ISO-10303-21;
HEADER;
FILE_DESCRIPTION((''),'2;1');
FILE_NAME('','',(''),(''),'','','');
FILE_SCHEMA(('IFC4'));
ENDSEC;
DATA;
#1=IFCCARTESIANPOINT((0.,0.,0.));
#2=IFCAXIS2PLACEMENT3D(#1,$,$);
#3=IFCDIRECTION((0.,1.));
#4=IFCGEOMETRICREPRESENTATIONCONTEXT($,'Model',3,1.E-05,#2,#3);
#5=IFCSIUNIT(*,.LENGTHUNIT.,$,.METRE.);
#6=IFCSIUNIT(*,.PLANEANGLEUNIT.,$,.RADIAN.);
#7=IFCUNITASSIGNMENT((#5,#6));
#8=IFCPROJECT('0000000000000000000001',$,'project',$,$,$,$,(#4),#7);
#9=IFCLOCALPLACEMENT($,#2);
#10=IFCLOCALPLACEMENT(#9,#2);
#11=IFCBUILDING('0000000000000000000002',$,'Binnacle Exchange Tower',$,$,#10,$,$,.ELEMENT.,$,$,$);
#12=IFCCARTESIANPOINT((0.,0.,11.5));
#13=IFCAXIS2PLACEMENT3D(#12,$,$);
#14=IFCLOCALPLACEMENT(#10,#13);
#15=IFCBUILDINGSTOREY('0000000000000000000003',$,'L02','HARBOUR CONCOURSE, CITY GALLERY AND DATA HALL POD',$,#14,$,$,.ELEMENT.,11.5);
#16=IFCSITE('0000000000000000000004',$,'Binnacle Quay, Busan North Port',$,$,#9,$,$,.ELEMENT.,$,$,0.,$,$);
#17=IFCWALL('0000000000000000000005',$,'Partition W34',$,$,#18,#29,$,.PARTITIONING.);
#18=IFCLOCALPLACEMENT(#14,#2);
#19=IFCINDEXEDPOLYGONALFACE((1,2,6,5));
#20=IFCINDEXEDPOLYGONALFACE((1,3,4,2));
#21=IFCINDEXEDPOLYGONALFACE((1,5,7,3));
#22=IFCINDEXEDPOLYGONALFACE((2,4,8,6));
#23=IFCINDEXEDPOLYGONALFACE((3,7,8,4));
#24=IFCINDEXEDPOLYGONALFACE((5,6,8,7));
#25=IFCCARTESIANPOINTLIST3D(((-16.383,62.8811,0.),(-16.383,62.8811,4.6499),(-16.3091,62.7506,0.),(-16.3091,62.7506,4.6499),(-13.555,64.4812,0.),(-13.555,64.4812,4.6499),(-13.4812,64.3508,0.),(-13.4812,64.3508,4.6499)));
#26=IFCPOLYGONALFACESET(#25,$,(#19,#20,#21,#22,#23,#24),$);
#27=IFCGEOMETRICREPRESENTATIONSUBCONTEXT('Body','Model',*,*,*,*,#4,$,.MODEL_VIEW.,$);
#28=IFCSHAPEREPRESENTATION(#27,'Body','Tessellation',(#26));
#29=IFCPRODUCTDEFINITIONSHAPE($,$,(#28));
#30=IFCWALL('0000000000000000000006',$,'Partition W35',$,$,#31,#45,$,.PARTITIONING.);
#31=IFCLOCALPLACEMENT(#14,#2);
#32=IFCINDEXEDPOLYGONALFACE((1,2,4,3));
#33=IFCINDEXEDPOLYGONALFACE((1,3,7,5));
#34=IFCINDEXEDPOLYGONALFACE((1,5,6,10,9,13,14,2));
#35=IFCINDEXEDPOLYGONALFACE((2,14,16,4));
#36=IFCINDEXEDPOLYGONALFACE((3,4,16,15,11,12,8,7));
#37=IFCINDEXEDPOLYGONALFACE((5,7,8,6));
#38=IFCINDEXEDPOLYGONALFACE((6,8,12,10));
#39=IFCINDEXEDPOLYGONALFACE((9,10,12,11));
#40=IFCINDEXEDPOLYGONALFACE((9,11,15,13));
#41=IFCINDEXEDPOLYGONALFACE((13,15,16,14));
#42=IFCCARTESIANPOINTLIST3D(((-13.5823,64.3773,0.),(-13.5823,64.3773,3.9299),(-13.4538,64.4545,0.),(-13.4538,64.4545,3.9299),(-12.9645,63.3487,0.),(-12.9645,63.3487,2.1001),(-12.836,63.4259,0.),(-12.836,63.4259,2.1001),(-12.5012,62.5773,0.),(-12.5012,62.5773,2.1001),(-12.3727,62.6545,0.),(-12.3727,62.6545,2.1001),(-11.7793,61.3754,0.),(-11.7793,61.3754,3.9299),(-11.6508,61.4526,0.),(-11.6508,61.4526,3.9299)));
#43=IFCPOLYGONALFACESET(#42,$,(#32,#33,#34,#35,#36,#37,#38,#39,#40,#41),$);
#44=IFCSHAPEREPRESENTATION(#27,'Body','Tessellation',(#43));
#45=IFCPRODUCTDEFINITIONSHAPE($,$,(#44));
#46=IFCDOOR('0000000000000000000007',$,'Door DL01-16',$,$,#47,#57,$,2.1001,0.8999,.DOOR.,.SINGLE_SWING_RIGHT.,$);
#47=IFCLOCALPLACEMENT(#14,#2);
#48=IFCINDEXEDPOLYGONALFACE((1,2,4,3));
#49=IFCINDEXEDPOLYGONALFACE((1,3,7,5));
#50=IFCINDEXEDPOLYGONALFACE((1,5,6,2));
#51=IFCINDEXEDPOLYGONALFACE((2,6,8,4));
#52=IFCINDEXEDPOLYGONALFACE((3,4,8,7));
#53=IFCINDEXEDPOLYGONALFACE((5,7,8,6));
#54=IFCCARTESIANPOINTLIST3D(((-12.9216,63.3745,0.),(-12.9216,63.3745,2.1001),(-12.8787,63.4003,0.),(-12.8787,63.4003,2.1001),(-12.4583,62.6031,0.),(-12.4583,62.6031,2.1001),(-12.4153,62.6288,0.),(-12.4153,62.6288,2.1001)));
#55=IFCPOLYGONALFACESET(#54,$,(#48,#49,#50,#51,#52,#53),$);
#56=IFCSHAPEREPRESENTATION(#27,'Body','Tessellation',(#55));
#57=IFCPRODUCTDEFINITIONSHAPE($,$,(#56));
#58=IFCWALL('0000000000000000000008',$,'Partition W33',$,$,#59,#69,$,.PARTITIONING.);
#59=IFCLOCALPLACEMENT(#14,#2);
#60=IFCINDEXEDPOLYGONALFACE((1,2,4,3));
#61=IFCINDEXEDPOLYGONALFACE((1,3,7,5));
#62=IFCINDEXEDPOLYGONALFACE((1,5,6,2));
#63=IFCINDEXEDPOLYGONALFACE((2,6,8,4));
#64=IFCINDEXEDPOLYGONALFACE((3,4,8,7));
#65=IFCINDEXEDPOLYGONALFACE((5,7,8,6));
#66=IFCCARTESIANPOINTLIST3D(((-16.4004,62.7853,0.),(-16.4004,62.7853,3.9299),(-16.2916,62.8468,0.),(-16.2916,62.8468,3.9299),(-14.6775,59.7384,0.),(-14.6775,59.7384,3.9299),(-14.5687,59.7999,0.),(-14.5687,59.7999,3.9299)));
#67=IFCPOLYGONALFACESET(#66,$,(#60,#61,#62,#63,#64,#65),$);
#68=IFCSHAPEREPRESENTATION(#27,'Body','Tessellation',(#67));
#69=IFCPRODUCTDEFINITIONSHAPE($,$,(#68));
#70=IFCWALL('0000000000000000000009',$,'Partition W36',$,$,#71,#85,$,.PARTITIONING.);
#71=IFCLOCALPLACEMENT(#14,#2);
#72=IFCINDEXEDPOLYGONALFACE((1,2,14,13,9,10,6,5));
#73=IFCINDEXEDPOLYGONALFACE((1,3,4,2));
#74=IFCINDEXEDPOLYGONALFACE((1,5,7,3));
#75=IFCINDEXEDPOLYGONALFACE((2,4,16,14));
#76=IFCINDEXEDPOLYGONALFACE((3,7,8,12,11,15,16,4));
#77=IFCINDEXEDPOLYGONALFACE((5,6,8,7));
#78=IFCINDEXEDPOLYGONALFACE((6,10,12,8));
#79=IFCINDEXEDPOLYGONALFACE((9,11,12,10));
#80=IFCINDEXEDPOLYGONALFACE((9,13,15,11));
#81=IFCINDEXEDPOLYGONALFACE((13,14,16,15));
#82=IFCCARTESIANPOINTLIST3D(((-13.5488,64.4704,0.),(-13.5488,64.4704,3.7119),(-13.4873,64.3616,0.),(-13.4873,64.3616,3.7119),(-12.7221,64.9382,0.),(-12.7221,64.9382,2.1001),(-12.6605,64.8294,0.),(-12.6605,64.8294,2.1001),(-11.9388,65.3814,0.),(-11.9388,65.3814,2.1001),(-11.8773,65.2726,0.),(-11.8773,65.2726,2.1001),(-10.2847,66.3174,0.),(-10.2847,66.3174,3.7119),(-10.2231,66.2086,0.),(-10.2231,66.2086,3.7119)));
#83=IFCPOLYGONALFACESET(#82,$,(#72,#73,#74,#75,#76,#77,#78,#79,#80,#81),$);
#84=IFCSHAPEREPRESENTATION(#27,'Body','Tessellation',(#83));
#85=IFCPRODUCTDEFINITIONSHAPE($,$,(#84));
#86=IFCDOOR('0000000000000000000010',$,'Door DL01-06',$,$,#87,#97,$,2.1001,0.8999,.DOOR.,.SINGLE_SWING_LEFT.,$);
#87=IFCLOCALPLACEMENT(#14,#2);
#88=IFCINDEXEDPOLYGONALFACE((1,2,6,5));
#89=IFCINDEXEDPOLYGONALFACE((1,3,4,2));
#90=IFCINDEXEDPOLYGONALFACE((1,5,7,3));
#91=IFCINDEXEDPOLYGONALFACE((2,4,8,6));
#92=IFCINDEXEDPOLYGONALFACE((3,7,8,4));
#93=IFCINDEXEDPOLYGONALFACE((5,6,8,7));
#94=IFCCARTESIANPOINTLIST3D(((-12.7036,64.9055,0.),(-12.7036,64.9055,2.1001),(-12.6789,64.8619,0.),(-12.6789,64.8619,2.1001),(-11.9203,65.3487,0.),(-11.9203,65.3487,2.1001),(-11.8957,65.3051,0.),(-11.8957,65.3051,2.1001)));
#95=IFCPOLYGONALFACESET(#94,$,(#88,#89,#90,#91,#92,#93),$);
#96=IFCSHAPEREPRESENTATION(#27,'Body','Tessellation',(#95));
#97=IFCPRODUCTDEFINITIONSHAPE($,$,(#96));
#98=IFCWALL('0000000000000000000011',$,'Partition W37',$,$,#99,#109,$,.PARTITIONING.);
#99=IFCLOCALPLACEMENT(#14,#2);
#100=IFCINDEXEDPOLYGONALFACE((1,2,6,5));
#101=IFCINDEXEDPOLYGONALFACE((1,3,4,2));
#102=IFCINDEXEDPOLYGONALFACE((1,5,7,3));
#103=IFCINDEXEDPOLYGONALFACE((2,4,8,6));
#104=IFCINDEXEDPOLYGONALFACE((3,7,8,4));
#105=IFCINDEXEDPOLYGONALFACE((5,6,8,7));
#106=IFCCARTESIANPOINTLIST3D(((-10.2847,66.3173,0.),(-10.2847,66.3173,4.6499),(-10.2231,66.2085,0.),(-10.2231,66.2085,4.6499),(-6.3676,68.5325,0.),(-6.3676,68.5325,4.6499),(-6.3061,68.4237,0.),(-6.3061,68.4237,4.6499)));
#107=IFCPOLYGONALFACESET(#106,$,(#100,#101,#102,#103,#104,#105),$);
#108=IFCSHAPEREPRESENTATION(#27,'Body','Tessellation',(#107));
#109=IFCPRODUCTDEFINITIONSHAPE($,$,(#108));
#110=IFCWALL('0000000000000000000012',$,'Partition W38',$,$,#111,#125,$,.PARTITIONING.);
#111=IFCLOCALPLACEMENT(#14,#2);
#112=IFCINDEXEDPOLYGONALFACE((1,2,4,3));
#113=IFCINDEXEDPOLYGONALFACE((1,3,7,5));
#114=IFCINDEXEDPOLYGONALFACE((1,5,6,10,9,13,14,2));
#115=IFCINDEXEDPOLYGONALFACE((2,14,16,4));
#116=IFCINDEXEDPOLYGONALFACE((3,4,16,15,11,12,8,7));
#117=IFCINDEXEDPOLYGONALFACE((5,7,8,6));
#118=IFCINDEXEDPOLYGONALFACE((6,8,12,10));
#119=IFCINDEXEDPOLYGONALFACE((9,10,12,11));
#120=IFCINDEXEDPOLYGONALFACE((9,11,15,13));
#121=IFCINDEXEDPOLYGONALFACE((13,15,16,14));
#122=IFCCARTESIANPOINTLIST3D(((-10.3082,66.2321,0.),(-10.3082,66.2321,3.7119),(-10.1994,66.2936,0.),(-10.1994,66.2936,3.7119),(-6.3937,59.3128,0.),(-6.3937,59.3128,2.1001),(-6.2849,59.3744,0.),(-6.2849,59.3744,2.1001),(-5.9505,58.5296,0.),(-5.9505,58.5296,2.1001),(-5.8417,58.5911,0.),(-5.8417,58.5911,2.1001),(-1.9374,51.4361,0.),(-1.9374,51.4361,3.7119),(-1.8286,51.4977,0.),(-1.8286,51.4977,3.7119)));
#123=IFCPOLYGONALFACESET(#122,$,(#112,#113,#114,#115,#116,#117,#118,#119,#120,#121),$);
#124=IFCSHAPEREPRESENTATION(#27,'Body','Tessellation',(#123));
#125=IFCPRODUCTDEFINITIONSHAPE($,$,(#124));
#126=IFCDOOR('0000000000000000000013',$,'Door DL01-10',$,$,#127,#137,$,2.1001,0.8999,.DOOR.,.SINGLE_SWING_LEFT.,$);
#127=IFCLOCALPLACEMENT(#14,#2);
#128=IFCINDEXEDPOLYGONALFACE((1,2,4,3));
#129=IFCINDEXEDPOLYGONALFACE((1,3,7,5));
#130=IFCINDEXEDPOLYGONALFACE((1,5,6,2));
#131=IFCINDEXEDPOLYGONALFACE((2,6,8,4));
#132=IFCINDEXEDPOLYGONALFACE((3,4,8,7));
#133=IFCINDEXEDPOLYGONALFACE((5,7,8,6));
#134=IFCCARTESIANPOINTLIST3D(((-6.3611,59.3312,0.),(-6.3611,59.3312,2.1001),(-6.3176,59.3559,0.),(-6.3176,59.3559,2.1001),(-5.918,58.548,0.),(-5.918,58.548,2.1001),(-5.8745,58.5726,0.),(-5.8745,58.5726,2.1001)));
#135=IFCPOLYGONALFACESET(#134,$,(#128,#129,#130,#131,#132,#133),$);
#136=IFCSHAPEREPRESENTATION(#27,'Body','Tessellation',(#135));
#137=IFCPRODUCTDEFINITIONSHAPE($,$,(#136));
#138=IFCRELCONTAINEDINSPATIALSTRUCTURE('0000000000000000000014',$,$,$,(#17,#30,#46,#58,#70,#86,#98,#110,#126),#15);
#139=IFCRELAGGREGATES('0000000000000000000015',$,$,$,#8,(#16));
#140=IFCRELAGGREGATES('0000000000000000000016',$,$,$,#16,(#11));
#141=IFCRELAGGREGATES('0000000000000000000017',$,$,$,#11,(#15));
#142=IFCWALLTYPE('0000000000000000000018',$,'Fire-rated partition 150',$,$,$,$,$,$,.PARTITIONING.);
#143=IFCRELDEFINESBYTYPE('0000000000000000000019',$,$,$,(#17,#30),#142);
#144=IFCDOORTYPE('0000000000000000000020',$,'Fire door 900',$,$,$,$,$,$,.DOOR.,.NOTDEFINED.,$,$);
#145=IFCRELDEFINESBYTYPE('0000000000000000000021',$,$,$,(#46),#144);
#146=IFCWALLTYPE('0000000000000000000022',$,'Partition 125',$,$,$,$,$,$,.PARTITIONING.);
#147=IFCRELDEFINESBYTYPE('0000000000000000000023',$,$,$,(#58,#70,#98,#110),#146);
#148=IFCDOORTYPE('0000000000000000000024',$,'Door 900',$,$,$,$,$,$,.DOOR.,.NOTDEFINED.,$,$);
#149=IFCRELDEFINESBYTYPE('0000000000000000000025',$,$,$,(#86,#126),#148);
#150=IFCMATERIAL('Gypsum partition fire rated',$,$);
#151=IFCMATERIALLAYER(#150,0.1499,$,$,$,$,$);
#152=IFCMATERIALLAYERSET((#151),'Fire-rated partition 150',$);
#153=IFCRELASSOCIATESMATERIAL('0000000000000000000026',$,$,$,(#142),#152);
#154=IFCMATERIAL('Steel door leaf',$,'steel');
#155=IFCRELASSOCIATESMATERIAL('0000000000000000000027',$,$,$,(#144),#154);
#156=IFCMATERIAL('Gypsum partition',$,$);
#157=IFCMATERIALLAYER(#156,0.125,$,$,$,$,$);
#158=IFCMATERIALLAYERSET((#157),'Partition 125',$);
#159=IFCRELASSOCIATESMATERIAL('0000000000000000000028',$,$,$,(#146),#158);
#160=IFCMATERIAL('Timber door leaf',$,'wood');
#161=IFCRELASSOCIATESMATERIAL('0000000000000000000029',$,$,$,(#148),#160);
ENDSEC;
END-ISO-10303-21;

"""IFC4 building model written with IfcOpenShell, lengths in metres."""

from ifc_helpers import new_model, si_unit, direction, frame, frame_2d, origin, place, context, subcontext, project, spatial, rectangle, extrude, material, layer, layer_set, type_object, element, fill, save


model = new_model("IFC4")

# Units and contexts
model_context = context("Model", 3, precision=1e-05, world=origin(), true_north=direction((0.0, 1.0)))
body_context = subcontext(model_context, "Body", "Model", "MODEL_VIEW")
ifc_project = project(units=[si_unit("LENGTHUNIT", "METRE"), si_unit("PLANEANGLEUNIT", "RADIAN")], contexts=[model_context])

# Site, building, storey
site_placement = place(None, origin())
site = spatial("IfcSite", under=ifc_project, at=site_placement, Name="Binnacle Quay, Busan North Port", CompositionType="ELEMENT", RefElevation=0.0)
building_placement = place(site_placement, origin())
building = spatial("IfcBuilding", under=site, at=building_placement, Name="Binnacle Exchange Tower", CompositionType="ELEMENT")
storey_placement = place(building_placement, frame((0.0, 0.0, 11.5)))
storey = spatial("IfcBuildingStorey", under=building, at=storey_placement, Name="L02", Description="HARBOUR CONCOURSE, CITY GALLERY AND DATA HALL POD", CompositionType="ELEMENT", Elevation=11.5)

# Shared definitions
ifc_material_1 = material(Name="Steel door leaf", Category="steel")

# Wall
ifc_material_2 = material(Name="Gypsum partition fire rated")
ifc_layer_1 = layer(ifc_material_2, 0.1499)
ifc_layer_set_1 = layer_set([ifc_layer_1], Name="Fire-rated partition 150")
wall_type_1 = type_object("IfcWallType", Name="Fire-rated partition 150", PredefinedType="PARTITIONING", material=ifc_layer_set_1)
wall_1_placement = place(storey_placement, frame((-16.3459, 62.8159, 0.0), z_axis=(0.0, 0.0, 1.0), x_axis=(0.870335, 0.492461, 0.0)))
element("IfcWall", 1, at=wall_1_placement, inside=storey, type_object=wall_type_1, Name="Partition W34", PredefinedType="PARTITIONING", context=body_context, shape_type="SweptSolid", body=[
    extrude(rectangle(XDim=3.2493, YDim=0.1499, at=frame_2d((1.6245, 0.0))), origin(), (0.0, 0.0, 1.0), 4.6499),
])

# Wall, opening, door
wall_2_placement = place(storey_placement, frame((-13.5181, 64.416, 0.0), z_axis=(0.0, 0.0, 1.0), x_axis=(0.514875, -0.857265, 0.0)))
wall_2 = element("IfcWall", 2, at=wall_2_placement, inside=storey, type_object=wall_type_1, Name="Partition W35", PredefinedType="PARTITIONING", context=body_context, shape_type="SweptSolid", body=[
    extrude(rectangle(XDim=3.5017, YDim=0.1499, at=frame_2d((1.751, 0.0))), origin(), (0.0, 0.0, 1.0), 3.9299),
])
opening_1_placement = place(wall_2_placement, frame((1.2, 0.0, 0.0)))
opening_1 = element("IfcOpeningElement", 3, at=opening_1_placement, cuts=wall_2, PredefinedType="OPENING", context=body_context, shape_type="SweptSolid", body=[
    extrude(rectangle(XDim=0.8999, YDim=2.1001, at=frame_2d((0.45, 1.05))), frame((0.0, 0.085, 0.0), z_axis=(0.0, -1.0, 0.0), x_axis=(1.0, 0.0, 0.0)), (0.0, 0.0, 1.0), 0.1699),
])
door_type_1 = type_object("IfcDoorType", Name="Fire door 900", OperationType="NOTDEFINED", PredefinedType="DOOR", material=ifc_material_1)
door_1_placement = place(opening_1_placement, frame((0.8999, 0.0, 0.0), z_axis=(0.0, 0.0, 1.0), x_axis=(-1.0, 0.0, 0.0)))
door_1 = element("IfcDoor", 4, at=door_1_placement, inside=storey, type_object=door_type_1, Name="Door DL01-16", OperationType="SINGLE_SWING_RIGHT", OverallHeight=2.1001, OverallWidth=0.8999, PredefinedType="DOOR", context=body_context, shape_type="SweptSolid", body=[
    extrude(rectangle(XDim=0.8999, YDim=2.1001, at=frame_2d((0.45, 1.05))), frame((0.0, 0.0249, 0.0), z_axis=(0.0, -1.0, 0.0), x_axis=(1.0, 0.0, 0.0)), (0.0, 0.0, 1.0), 0.05),
])
fill(opening_1, door_1)

# Wall
ifc_material_3 = material(Name="Gypsum partition")
ifc_layer_2 = layer(ifc_material_3, 0.125)
ifc_layer_set_2 = layer_set([ifc_layer_2], Name="Partition 125")
wall_type_2 = type_object("IfcWallType", Name="Partition 125", PredefinedType="PARTITIONING", material=ifc_layer_set_2)
wall_3_placement = place(storey_placement, frame((-16.3459, 62.8159, 0.0), z_axis=(0.0, 0.0, 1.0), x_axis=(0.49222, -0.870471, 0.0)))
element("IfcWall", 5, at=wall_3_placement, inside=storey, type_object=wall_type_2, Name="Partition W33", PredefinedType="PARTITIONING", context=body_context, shape_type="SweptSolid", body=[
    extrude(rectangle(XDim=3.5002, YDim=0.125, at=frame_2d((1.75, 0.0))), origin(), (0.0, 0.0, 1.0), 3.9299),
])

# Wall, opening, door
wall_4_placement = place(storey_placement, frame((-13.5181, 64.416, 0.0), z_axis=(0.0, 0.0, 1.0), x_axis=(0.870338, 0.492454, 0.0)))
wall_4 = element("IfcWall", 6, at=wall_4_placement, inside=storey, type_object=wall_type_2, Name="Partition W36", PredefinedType="PARTITIONING", context=body_context, shape_type="SweptSolid", body=[
    extrude(rectangle(XDim=3.7505, YDim=0.125, at=frame_2d((1.8752, 0.0))), origin(), (0.0, 0.0, 1.0), 3.7119),
])
opening_2_placement = place(wall_4_placement, frame((0.95, 0.0, 0.0)))
opening_2 = element("IfcOpeningElement", 7, at=opening_2_placement, cuts=wall_4, PredefinedType="OPENING", context=body_context, shape_type="SweptSolid", body=[
    extrude(rectangle(XDim=0.8999, YDim=2.1001, at=frame_2d((0.45, 1.05))), frame((0.0, 0.0725, 0.0), z_axis=(0.0, -1.0, 0.0), x_axis=(1.0, 0.0, 0.0)), (0.0, 0.0, 1.0), 0.145),
])
ifc_material_4 = material(Name="Timber door leaf", Category="wood")
door_type_2 = type_object("IfcDoorType", Name="Door 900", OperationType="NOTDEFINED", PredefinedType="DOOR", material=ifc_material_4)
door_2_placement = place(opening_2_placement, origin())
door_2 = element("IfcDoor", 8, at=door_2_placement, inside=storey, type_object=door_type_2, Name="Door DL01-06", OperationType="SINGLE_SWING_LEFT", OverallHeight=2.1001, OverallWidth=0.8999, PredefinedType="DOOR", context=body_context, shape_type="SweptSolid", body=[
    extrude(rectangle(XDim=0.8999, YDim=2.1001, at=frame_2d((0.45, 1.05))), frame((0.0, 0.0249, 0.0), z_axis=(0.0, -1.0, 0.0), x_axis=(1.0, 0.0, 0.0)), (0.0, 0.0, 1.0), 0.05),
])
fill(opening_2, door_2)

# Wall
wall_5_placement = place(storey_placement, frame((-10.2539, 66.2629, 0.0), z_axis=(0.0, 0.0, 1.0), x_axis=(0.870455, 0.492249, 0.0)))
element("IfcWall", 9, at=wall_5_placement, inside=storey, type_object=wall_type_2, Name="Partition W37", PredefinedType="PARTITIONING", context=body_context, shape_type="SweptSolid", body=[
    extrude(rectangle(XDim=4.5, YDim=0.125, at=frame_2d((2.25, 0.0))), origin(), (0.0, 0.0, 1.0), 4.6499),
])

# Wall, opening, door
wall_6_placement = place(storey_placement, frame((-10.2539, 66.2629, 0.0), z_axis=(0.0, 0.0, 1.0), x_axis=(0.492412, -0.870362, 0.0)))
wall_6 = element("IfcWall", 10, at=wall_6_placement, inside=storey, type_object=wall_type_2, Name="Partition W38", PredefinedType="PARTITIONING", context=body_context, shape_type="SweptSolid", body=[
    extrude(rectangle(XDim=16.9998, YDim=0.125, at=frame_2d((8.5, 0.0))), origin(), (0.0, 0.0, 1.0), 3.7119),
])
opening_3_placement = place(wall_6_placement, frame((7.95, 0.0, 0.0)))
opening_3 = element("IfcOpeningElement", 11, at=opening_3_placement, cuts=wall_6, PredefinedType="OPENING", context=body_context, shape_type="SweptSolid", body=[
    extrude(rectangle(XDim=0.8999, YDim=2.1001, at=frame_2d((0.45, 1.05))), frame((0.0, 0.0725, 0.0), z_axis=(0.0, -1.0, 0.0), x_axis=(1.0, 0.0, 0.0)), (0.0, 0.0, 1.0), 0.145),
])
door_3_placement = place(opening_3_placement, origin())
door_3 = element("IfcDoor", 12, at=door_3_placement, inside=storey, type_object=door_type_2, Name="Door DL01-10", OperationType="SINGLE_SWING_LEFT", OverallHeight=2.1001, OverallWidth=0.8999, PredefinedType="DOOR", context=body_context, shape_type="SweptSolid", body=[
    extrude(rectangle(XDim=0.8999, YDim=2.1001, at=frame_2d((0.45, 1.05))), frame((0.0, 0.0249, 0.0), z_axis=(0.0, -1.0, 0.0), x_axis=(1.0, 0.0, 0.0)), (0.0, 0.0, 1.0), 0.05),
])
fill(opening_3, door_3)

save(model, "model.ifc")
